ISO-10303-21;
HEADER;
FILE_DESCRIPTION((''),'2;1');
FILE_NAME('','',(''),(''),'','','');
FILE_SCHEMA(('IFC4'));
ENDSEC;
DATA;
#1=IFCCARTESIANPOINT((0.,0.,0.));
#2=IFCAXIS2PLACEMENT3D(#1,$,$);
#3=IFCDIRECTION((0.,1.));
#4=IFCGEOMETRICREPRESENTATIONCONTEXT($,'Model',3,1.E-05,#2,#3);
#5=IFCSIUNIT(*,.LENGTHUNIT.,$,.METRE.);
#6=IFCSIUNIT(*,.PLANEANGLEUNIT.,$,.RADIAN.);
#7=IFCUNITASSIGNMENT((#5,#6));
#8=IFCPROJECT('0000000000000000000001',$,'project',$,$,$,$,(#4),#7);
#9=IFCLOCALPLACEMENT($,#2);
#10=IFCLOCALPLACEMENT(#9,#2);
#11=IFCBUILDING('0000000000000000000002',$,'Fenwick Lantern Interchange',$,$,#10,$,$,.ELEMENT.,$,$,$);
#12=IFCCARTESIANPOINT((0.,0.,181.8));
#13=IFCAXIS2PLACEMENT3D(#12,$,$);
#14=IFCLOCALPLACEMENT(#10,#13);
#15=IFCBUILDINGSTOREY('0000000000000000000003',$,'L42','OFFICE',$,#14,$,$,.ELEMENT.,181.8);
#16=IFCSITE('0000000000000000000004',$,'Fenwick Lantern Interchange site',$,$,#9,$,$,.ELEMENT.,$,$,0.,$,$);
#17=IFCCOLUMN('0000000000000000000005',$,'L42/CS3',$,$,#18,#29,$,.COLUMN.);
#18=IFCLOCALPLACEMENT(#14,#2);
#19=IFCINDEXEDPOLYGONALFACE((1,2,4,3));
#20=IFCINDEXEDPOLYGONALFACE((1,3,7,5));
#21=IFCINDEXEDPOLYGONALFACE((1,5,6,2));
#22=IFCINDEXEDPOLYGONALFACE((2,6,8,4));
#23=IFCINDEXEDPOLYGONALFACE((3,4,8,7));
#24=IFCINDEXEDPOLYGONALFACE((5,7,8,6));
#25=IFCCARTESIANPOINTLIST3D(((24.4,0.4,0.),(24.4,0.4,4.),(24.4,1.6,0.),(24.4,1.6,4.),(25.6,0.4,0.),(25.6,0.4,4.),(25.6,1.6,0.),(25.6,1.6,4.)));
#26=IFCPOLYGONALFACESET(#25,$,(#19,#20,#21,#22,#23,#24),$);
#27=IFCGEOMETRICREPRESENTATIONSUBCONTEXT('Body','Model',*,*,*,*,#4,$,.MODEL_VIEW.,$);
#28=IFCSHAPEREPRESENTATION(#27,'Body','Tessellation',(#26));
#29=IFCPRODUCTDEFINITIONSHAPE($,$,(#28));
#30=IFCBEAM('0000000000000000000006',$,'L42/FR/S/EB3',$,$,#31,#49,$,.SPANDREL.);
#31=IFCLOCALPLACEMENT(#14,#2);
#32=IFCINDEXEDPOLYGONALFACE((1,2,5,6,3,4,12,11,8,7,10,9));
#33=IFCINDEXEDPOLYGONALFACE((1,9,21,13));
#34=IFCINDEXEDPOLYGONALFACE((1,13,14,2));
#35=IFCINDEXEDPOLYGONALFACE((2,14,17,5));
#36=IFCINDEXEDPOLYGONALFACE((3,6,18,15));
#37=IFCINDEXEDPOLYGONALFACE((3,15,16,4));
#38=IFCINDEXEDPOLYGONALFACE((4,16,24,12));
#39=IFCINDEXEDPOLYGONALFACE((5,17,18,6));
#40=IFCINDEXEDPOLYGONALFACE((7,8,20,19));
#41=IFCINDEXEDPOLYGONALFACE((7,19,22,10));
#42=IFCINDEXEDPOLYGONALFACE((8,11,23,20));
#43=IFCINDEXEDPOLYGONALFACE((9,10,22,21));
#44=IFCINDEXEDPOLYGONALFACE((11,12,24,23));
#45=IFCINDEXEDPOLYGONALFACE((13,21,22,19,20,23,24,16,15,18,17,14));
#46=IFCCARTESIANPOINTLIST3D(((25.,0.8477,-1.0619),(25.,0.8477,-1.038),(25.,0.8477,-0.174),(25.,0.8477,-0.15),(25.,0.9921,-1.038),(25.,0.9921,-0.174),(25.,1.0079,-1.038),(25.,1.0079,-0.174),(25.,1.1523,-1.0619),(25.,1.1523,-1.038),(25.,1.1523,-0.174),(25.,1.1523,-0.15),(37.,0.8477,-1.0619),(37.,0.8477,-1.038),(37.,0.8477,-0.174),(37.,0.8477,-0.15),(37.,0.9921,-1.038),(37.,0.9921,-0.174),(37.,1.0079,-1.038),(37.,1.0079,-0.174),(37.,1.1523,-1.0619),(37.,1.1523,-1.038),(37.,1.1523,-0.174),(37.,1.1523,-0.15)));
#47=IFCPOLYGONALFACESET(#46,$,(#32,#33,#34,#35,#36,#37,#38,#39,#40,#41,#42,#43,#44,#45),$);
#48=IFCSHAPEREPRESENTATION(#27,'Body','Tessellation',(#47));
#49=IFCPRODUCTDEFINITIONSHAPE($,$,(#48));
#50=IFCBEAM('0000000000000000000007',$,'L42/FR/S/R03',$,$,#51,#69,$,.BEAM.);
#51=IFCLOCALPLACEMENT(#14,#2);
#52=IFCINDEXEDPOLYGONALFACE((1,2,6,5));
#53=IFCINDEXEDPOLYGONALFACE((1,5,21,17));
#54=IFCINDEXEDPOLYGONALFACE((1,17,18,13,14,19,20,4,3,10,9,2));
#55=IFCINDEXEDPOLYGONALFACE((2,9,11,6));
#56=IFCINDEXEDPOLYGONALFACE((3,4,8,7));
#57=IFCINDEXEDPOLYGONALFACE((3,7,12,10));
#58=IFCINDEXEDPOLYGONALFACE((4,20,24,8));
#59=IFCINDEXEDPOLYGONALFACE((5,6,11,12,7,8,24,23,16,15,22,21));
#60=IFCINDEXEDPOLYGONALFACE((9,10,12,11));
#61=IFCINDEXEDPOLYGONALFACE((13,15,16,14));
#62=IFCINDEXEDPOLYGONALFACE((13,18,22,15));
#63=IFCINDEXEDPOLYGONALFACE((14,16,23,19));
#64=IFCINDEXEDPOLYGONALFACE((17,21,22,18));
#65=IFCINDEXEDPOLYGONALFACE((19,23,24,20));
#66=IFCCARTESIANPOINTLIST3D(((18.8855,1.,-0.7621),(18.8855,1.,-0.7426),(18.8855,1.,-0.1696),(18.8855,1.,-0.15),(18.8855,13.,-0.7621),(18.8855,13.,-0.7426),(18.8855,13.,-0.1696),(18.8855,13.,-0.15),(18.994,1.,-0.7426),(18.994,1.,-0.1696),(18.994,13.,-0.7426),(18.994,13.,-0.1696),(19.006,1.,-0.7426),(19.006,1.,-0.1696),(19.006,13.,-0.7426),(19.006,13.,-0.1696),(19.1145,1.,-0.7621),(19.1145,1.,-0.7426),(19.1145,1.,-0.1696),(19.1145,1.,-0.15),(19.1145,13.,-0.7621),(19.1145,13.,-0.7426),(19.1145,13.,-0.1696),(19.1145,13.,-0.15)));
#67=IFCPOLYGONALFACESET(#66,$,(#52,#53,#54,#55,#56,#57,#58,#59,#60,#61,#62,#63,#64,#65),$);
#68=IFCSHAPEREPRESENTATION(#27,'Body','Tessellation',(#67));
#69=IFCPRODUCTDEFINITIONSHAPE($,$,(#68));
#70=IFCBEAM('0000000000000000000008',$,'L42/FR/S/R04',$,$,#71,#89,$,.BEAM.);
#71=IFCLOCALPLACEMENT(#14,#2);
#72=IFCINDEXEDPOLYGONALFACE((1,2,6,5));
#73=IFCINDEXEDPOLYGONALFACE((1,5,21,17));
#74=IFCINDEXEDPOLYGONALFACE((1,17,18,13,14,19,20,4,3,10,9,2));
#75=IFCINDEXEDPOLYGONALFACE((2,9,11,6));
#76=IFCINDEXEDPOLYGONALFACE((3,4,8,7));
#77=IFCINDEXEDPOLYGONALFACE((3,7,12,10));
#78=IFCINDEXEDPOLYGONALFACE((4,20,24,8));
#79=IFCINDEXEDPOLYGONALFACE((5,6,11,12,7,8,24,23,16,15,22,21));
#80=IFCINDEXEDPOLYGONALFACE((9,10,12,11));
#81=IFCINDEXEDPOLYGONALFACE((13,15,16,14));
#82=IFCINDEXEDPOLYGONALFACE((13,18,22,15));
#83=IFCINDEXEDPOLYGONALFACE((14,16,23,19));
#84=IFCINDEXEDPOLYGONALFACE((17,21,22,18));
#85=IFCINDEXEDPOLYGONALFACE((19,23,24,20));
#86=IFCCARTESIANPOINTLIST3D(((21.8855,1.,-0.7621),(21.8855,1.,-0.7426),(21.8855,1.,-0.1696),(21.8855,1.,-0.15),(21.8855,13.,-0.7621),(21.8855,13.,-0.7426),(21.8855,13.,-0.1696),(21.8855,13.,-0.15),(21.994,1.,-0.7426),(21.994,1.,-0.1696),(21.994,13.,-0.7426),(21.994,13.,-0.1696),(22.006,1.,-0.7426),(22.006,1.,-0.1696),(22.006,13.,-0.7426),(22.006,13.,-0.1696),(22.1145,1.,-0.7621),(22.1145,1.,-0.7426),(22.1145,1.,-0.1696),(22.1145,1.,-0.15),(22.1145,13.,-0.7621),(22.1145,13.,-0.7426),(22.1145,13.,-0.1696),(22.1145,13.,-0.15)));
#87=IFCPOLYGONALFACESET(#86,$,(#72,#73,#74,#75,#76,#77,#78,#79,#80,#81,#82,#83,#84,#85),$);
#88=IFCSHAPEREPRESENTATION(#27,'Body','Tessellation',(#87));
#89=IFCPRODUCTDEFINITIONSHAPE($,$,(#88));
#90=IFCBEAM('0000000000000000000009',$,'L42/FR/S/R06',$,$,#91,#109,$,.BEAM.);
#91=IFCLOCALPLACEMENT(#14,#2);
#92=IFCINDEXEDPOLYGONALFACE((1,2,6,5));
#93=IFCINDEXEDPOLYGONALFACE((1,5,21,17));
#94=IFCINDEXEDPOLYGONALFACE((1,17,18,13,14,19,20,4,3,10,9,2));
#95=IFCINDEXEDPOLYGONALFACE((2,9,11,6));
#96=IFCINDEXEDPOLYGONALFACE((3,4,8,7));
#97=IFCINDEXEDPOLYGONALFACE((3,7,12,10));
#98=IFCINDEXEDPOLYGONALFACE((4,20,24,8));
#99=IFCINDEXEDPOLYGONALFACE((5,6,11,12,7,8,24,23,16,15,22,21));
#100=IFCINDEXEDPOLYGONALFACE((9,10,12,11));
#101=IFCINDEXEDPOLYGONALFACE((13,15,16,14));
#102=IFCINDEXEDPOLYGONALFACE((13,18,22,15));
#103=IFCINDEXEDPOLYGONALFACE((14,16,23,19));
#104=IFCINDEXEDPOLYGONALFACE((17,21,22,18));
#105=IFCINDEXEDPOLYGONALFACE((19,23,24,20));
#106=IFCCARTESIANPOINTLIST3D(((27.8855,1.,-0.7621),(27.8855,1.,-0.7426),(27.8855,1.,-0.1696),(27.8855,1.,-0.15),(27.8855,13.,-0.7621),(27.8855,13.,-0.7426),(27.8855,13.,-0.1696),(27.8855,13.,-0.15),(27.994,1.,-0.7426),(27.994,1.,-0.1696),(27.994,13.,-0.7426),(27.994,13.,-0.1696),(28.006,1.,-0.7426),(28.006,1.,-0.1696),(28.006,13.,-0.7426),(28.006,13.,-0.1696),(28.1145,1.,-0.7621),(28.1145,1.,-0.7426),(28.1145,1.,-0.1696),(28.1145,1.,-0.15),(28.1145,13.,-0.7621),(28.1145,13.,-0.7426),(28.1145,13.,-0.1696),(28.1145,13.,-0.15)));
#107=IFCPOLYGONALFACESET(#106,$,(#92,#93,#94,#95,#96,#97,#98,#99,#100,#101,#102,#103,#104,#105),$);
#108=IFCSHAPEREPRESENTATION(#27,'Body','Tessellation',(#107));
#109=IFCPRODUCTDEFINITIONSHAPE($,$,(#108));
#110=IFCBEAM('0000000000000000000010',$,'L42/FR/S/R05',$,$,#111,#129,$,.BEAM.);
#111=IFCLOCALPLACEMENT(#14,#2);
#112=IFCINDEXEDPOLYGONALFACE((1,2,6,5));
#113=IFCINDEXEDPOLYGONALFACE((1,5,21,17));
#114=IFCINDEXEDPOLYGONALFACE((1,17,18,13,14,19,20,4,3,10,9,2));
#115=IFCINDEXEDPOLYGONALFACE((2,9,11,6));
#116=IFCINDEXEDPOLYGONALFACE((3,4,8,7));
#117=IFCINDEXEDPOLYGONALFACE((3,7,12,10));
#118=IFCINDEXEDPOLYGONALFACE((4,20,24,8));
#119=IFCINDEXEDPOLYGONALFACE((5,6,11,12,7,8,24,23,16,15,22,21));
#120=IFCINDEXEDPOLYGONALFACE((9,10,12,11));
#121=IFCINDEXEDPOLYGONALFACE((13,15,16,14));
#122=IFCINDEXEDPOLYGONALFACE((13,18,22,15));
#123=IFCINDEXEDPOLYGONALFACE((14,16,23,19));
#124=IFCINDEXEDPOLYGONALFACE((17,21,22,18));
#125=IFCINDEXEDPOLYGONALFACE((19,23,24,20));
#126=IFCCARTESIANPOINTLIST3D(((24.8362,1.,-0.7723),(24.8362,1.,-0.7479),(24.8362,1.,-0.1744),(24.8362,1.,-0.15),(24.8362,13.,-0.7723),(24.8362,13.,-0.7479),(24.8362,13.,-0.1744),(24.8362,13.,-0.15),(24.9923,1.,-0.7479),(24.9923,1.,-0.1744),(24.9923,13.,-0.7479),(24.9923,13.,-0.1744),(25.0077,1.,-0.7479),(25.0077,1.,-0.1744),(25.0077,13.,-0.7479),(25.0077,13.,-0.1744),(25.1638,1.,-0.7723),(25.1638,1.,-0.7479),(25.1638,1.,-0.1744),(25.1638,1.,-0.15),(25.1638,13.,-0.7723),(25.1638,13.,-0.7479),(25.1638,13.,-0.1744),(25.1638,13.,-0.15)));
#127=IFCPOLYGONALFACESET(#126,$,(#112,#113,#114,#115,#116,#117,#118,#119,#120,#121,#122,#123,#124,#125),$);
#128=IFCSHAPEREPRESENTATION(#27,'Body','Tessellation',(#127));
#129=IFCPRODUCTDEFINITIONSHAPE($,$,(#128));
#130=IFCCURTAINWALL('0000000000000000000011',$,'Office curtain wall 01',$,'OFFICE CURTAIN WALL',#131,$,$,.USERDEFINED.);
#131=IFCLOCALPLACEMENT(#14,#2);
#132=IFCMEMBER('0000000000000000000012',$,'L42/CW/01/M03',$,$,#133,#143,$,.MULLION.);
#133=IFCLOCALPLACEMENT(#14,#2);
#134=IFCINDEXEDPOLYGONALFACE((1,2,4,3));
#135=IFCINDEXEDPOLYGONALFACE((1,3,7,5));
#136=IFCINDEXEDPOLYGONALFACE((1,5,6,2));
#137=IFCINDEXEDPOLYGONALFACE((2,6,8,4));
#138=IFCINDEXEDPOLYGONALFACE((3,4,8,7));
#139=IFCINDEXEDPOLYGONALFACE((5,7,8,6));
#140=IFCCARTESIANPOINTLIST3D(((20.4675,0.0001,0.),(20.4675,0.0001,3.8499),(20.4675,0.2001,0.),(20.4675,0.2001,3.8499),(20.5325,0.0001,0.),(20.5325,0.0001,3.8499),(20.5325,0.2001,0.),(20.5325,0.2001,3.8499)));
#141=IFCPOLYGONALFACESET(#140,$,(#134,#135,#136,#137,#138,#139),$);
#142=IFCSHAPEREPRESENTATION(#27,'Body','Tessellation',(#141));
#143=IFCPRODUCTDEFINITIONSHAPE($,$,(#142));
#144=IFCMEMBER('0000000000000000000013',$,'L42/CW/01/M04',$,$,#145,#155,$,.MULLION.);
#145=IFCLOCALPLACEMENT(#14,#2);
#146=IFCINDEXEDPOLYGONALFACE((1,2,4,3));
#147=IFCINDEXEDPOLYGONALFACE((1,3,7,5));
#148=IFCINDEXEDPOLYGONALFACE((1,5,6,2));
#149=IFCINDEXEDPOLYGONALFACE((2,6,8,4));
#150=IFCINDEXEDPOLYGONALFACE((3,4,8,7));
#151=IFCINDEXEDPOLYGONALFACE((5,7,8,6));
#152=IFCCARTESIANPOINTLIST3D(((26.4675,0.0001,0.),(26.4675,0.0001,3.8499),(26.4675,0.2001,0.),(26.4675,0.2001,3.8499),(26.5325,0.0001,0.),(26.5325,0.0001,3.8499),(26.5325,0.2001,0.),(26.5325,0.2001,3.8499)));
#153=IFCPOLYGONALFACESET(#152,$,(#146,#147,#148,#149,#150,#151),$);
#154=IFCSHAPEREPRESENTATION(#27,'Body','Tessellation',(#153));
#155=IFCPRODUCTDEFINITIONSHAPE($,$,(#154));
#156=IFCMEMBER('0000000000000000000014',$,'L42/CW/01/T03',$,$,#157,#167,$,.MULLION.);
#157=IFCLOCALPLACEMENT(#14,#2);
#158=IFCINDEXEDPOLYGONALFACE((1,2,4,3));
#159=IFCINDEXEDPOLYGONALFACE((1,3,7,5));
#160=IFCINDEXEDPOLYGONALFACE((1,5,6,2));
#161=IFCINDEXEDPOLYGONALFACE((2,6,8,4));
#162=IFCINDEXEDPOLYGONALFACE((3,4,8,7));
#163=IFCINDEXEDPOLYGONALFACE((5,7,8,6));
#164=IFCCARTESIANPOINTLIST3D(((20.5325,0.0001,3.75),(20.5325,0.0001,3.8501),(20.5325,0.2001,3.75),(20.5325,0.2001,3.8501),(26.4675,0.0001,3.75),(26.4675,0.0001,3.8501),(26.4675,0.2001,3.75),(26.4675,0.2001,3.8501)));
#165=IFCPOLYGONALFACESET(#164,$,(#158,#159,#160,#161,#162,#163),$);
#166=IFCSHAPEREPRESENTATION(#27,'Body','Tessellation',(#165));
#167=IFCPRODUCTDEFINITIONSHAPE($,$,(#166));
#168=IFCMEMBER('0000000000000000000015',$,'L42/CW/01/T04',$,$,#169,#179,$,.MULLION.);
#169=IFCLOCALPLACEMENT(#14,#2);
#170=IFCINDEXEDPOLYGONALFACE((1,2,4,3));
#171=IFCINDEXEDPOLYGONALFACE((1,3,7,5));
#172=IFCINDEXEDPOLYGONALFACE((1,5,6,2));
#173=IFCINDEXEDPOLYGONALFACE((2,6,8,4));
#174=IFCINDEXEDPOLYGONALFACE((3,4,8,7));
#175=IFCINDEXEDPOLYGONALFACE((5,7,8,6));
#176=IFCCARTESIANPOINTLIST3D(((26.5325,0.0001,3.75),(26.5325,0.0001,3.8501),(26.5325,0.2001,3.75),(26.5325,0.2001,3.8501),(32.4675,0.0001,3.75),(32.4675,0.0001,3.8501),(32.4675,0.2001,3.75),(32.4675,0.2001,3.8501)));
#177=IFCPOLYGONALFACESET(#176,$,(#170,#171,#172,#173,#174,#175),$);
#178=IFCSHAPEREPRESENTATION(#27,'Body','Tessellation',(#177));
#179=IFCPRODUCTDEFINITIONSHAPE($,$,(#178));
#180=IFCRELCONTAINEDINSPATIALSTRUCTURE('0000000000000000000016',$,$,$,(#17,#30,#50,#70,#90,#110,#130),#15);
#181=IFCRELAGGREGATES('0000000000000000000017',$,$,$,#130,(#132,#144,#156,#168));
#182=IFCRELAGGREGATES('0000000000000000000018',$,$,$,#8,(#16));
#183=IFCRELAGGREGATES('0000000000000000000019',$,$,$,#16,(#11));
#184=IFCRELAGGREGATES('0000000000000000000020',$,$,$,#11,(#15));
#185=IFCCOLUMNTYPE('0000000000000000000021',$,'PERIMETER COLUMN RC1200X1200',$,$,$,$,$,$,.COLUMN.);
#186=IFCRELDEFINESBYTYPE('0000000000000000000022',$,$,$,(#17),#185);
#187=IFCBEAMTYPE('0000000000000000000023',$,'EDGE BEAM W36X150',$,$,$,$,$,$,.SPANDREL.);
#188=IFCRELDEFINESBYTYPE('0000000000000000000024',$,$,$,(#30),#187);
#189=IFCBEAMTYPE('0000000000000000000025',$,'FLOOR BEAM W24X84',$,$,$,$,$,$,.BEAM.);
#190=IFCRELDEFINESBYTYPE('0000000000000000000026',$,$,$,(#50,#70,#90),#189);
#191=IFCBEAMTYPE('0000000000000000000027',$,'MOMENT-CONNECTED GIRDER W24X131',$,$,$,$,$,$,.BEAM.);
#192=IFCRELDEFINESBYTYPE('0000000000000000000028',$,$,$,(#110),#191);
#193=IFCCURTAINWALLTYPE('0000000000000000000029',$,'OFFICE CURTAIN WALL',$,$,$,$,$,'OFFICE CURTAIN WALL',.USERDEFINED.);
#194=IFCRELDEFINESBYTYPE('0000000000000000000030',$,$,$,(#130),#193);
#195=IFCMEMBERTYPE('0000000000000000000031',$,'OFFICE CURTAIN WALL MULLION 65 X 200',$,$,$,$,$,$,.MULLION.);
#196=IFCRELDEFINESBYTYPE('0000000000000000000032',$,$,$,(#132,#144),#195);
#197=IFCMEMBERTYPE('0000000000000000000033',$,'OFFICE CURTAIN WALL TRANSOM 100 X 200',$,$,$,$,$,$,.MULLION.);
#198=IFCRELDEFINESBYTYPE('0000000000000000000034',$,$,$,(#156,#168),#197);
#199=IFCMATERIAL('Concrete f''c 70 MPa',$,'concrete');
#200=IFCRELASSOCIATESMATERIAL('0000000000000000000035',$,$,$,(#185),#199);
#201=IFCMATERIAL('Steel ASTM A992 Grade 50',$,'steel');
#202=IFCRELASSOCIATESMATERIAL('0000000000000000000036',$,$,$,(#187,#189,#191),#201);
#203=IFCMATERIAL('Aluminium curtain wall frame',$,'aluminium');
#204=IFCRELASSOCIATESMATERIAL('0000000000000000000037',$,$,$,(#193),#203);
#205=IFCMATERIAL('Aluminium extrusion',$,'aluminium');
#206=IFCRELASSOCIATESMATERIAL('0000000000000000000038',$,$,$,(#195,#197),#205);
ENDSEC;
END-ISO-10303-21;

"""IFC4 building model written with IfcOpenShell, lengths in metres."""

from ifc_helpers import new_model, si_unit, direction, frame, origin, origin_2d, place, context, subcontext, project, spatial, rectangle, i_section, extrude, material, material_profile, profile_set, type_object, element, aggregate, save


model = new_model("IFC4")

# Units and contexts
model_context = context("Model", 3, precision=1e-05, world=origin(), true_north=direction((0.0, 1.0)))
body_context = subcontext(model_context, "Body", "Model", "MODEL_VIEW")
ifc_project = project(units=[si_unit("LENGTHUNIT", "METRE"), si_unit("PLANEANGLEUNIT", "RADIAN")], contexts=[model_context])

# Site, building, storey
site_placement = place(None, origin())
site = spatial("IfcSite", under=ifc_project, at=site_placement, Name="Fenwick Lantern Interchange site", CompositionType="ELEMENT", RefElevation=0.0)
building_placement = place(site_placement, origin())
building = spatial("IfcBuilding", under=site, at=building_placement, Name="Fenwick Lantern Interchange", CompositionType="ELEMENT")
storey_placement = place(building_placement, frame((0.0, 0.0, 181.8)))
storey = spatial("IfcBuildingStorey", under=building, at=storey_placement, Name="L42", Description="OFFICE", CompositionType="ELEMENT", Elevation=181.8)

# Column
ifc_material_1 = material(Name="Concrete f'c 70 MPa", Category="concrete")
ifc_material_profile_1 = material_profile(ifc_material_1, rectangle(XDim=1.2, YDim=1.2, at=origin_2d()), Name="RC1200X1200")
ifc_profile_set_1 = profile_set([ifc_material_profile_1], Name="Concrete f'c 70 MPa")
column_type = type_object("IfcColumnType", Name="PERIMETER COLUMN RC1200X1200", PredefinedType="COLUMN", material=ifc_profile_set_1)
column_placement = place(storey_placement, frame((25.0, 1.0, 0.0), z_axis=(0.0, 0.0, 1.0), x_axis=(1.0, 0.0, 0.0)))
element("IfcColumn", 1, at=column_placement, inside=storey, type_object=column_type, Name="L42/CS3", PredefinedType="COLUMN", context=body_context, shape_type="SweptSolid", body=[
    extrude(rectangle(XDim=1.2, YDim=1.2, at=origin_2d()), origin(), (0.0, 0.0, 1.0), 4.0),
])

# Beams
ifc_material_2 = material(Name="Steel ASTM A992 Grade 50", Category="steel")
ifc_material_profile_2 = material_profile(ifc_material_2, i_section(OverallWidth=0.3047, OverallDepth=0.9119, WebThickness=0.0159, FlangeThickness=0.0239, at=origin_2d()), Name="W36X150")
ifc_profile_set_2 = profile_set([ifc_material_profile_2], Name="Steel ASTM A992 Grade 50")
beam_type_1 = type_object("IfcBeamType", Name="EDGE BEAM W36X150", PredefinedType="SPANDREL", material=ifc_profile_set_2)
beam_1_placement = place(storey_placement, frame((25.0, 1.0, -0.606), z_axis=(1.0, 0.0, 0.0), x_axis=(0.0, 1.0, 0.0)))
element("IfcBeam", 2, at=beam_1_placement, inside=storey, type_object=beam_type_1, Name="L42/FR/S/EB3", PredefinedType="SPANDREL", context=body_context, shape_type="SweptSolid", body=[
    extrude(i_section(OverallWidth=0.3047, OverallDepth=0.9119, WebThickness=0.0159, FlangeThickness=0.0239, at=origin_2d()), origin(), (0.0, 0.0, 1.0), 12.0),
])
ifc_material_profile_3 = material_profile(ifc_material_2, i_section(OverallWidth=0.229, OverallDepth=0.6121, WebThickness=0.012, FlangeThickness=0.0195, at=origin_2d()), Name="W24X84")
ifc_profile_set_3 = profile_set([ifc_material_profile_3], Name="Steel ASTM A992 Grade 50")
beam_type_2 = type_object("IfcBeamType", Name="FLOOR BEAM W24X84", PredefinedType="BEAM", material=ifc_profile_set_3)
for number, where, z_axis, x_axis, name in (
    (3, (19.0, 1.0, -0.4561), (0.0, 1.0, 0.0), (-1.0, 0.0, 0.0), "L42/FR/S/R03"),
    (4, (22.0, 1.0, -0.4561), (0.0, 1.0, 0.0), (-1.0, 0.0, 0.0), "L42/FR/S/R04"),
    (5, (28.0, 1.0, -0.4561), (0.0, 1.0, 0.0), (-1.0, 0.0, 0.0), "L42/FR/S/R06"),
):
    element("IfcBeam", number, at=place(storey_placement, frame(where, z_axis=z_axis, x_axis=x_axis)), inside=storey, type_object=beam_type_2, Name=name, PredefinedType="BEAM", context=body_context, shape_type="SweptSolid", body=[
        extrude(i_section(OverallWidth=0.229, OverallDepth=0.6121, WebThickness=0.012, FlangeThickness=0.0195, at=origin_2d()), origin(), (0.0, 0.0, 1.0), 12.0),
    ])
ifc_material_profile_4 = material_profile(ifc_material_2, i_section(OverallWidth=0.3276, OverallDepth=0.6223, WebThickness=0.0154, FlangeThickness=0.0244, at=origin_2d()), Name="W24X131")
ifc_profile_set_4 = profile_set([ifc_material_profile_4], Name="Steel ASTM A992 Grade 50")
beam_type_3 = type_object("IfcBeamType", Name="MOMENT-CONNECTED GIRDER W24X131", PredefinedType="BEAM", material=ifc_profile_set_4)
beam_2_placement = place(storey_placement, frame((25.0, 1.0, -0.4612), z_axis=(0.0, 1.0, 0.0), x_axis=(-1.0, 0.0, 0.0)))
element("IfcBeam", 6, at=beam_2_placement, inside=storey, type_object=beam_type_3, Name="L42/FR/S/R05", PredefinedType="BEAM", context=body_context, shape_type="SweptSolid", body=[
    extrude(i_section(OverallWidth=0.3276, OverallDepth=0.6223, WebThickness=0.0154, FlangeThickness=0.0244, at=origin_2d()), origin(), (0.0, 0.0, 1.0), 12.0),
])

# Curtain wall, members
ifc_material_3 = material(Name="Aluminium curtain wall frame", Category="aluminium")
curtain_wall_type = type_object("IfcCurtainWallType", Name="OFFICE CURTAIN WALL", ElementType="OFFICE CURTAIN WALL", PredefinedType="USERDEFINED", material=ifc_material_3)
curtain_wall_placement = place(storey_placement, origin())
curtain_wall = element("IfcCurtainWall", 7, at=curtain_wall_placement, inside=storey, type_object=curtain_wall_type, Name="Office curtain wall 01", ObjectType="OFFICE CURTAIN WALL", PredefinedType="USERDEFINED")
ifc_material_4 = material(Name="Aluminium extrusion", Category="aluminium")
ifc_material_profile_5 = material_profile(ifc_material_4, rectangle(XDim=0.2, YDim=0.0649, at=origin_2d()), Name="OFFICE CURTAIN WALL MULLION 65 X 200")
ifc_profile_set_5 = profile_set([ifc_material_profile_5], Name="Aluminium extrusion")
member_type_1 = type_object("IfcMemberType", Name="OFFICE CURTAIN WALL MULLION 65 X 200", PredefinedType="MULLION", material=ifc_profile_set_5)
member_1_placement = place(storey_placement, frame((20.5, 0.1001, 0.0), z_axis=(0.0, 0.0, 1.0), x_axis=(0.0, 1.0, 0.0)))
member_1 = element("IfcMember", 8, at=member_1_placement, type_object=member_type_1, Name="L42/CW/01/M03", PredefinedType="MULLION", context=body_context, shape_type="SweptSolid", body=[
    extrude(rectangle(XDim=0.2, YDim=0.0649, at=origin_2d()), origin(), (0.0, 0.0, 1.0), 3.8499),
])
member_2_placement = place(storey_placement, frame((26.5, 0.1001, 0.0), z_axis=(0.0, 0.0, 1.0), x_axis=(0.0, 1.0, 0.0)))
member_2 = element("IfcMember", 9, at=member_2_placement, type_object=member_type_1, Name="L42/CW/01/M04", PredefinedType="MULLION", context=body_context, shape_type="SweptSolid", body=[
    extrude(rectangle(XDim=0.2, YDim=0.0649, at=origin_2d()), origin(), (0.0, 0.0, 1.0), 3.8499),
])
ifc_material_profile_6 = material_profile(ifc_material_4, rectangle(XDim=0.2, YDim=0.1001, at=origin_2d()), Name="OFFICE CURTAIN WALL TRANSOM 100 X 200")
ifc_profile_set_6 = profile_set([ifc_material_profile_6], Name="Aluminium extrusion")
member_type_2 = type_object("IfcMemberType", Name="OFFICE CURTAIN WALL TRANSOM 100 X 200", PredefinedType="MULLION", material=ifc_profile_set_6)
member_3_placement = place(storey_placement, frame((20.5325, 0.1001, 3.8), z_axis=(1.0, 0.0, 0.0), x_axis=(0.0, 1.0, 0.0)))
member_3 = element("IfcMember", 10, at=member_3_placement, type_object=member_type_2, Name="L42/CW/01/T03", PredefinedType="MULLION", context=body_context, shape_type="SweptSolid", body=[
    extrude(rectangle(XDim=0.2, YDim=0.1001, at=origin_2d()), origin(), (0.0, 0.0, 1.0), 5.9351),
])
member_4_placement = place(storey_placement, frame((26.5325, 0.1001, 3.8), z_axis=(1.0, 0.0, 0.0), x_axis=(0.0, 1.0, 0.0)))
member_4 = element("IfcMember", 11, at=member_4_placement, type_object=member_type_2, Name="L42/CW/01/T04", PredefinedType="MULLION", context=body_context, shape_type="SweptSolid", body=[
    extrude(rectangle(XDim=0.2, YDim=0.1001, at=origin_2d()), origin(), (0.0, 0.0, 1.0), 5.9351),
])
aggregate(curtain_wall, [member_1, member_2, member_3, member_4])

save(model, "model.ifc")
